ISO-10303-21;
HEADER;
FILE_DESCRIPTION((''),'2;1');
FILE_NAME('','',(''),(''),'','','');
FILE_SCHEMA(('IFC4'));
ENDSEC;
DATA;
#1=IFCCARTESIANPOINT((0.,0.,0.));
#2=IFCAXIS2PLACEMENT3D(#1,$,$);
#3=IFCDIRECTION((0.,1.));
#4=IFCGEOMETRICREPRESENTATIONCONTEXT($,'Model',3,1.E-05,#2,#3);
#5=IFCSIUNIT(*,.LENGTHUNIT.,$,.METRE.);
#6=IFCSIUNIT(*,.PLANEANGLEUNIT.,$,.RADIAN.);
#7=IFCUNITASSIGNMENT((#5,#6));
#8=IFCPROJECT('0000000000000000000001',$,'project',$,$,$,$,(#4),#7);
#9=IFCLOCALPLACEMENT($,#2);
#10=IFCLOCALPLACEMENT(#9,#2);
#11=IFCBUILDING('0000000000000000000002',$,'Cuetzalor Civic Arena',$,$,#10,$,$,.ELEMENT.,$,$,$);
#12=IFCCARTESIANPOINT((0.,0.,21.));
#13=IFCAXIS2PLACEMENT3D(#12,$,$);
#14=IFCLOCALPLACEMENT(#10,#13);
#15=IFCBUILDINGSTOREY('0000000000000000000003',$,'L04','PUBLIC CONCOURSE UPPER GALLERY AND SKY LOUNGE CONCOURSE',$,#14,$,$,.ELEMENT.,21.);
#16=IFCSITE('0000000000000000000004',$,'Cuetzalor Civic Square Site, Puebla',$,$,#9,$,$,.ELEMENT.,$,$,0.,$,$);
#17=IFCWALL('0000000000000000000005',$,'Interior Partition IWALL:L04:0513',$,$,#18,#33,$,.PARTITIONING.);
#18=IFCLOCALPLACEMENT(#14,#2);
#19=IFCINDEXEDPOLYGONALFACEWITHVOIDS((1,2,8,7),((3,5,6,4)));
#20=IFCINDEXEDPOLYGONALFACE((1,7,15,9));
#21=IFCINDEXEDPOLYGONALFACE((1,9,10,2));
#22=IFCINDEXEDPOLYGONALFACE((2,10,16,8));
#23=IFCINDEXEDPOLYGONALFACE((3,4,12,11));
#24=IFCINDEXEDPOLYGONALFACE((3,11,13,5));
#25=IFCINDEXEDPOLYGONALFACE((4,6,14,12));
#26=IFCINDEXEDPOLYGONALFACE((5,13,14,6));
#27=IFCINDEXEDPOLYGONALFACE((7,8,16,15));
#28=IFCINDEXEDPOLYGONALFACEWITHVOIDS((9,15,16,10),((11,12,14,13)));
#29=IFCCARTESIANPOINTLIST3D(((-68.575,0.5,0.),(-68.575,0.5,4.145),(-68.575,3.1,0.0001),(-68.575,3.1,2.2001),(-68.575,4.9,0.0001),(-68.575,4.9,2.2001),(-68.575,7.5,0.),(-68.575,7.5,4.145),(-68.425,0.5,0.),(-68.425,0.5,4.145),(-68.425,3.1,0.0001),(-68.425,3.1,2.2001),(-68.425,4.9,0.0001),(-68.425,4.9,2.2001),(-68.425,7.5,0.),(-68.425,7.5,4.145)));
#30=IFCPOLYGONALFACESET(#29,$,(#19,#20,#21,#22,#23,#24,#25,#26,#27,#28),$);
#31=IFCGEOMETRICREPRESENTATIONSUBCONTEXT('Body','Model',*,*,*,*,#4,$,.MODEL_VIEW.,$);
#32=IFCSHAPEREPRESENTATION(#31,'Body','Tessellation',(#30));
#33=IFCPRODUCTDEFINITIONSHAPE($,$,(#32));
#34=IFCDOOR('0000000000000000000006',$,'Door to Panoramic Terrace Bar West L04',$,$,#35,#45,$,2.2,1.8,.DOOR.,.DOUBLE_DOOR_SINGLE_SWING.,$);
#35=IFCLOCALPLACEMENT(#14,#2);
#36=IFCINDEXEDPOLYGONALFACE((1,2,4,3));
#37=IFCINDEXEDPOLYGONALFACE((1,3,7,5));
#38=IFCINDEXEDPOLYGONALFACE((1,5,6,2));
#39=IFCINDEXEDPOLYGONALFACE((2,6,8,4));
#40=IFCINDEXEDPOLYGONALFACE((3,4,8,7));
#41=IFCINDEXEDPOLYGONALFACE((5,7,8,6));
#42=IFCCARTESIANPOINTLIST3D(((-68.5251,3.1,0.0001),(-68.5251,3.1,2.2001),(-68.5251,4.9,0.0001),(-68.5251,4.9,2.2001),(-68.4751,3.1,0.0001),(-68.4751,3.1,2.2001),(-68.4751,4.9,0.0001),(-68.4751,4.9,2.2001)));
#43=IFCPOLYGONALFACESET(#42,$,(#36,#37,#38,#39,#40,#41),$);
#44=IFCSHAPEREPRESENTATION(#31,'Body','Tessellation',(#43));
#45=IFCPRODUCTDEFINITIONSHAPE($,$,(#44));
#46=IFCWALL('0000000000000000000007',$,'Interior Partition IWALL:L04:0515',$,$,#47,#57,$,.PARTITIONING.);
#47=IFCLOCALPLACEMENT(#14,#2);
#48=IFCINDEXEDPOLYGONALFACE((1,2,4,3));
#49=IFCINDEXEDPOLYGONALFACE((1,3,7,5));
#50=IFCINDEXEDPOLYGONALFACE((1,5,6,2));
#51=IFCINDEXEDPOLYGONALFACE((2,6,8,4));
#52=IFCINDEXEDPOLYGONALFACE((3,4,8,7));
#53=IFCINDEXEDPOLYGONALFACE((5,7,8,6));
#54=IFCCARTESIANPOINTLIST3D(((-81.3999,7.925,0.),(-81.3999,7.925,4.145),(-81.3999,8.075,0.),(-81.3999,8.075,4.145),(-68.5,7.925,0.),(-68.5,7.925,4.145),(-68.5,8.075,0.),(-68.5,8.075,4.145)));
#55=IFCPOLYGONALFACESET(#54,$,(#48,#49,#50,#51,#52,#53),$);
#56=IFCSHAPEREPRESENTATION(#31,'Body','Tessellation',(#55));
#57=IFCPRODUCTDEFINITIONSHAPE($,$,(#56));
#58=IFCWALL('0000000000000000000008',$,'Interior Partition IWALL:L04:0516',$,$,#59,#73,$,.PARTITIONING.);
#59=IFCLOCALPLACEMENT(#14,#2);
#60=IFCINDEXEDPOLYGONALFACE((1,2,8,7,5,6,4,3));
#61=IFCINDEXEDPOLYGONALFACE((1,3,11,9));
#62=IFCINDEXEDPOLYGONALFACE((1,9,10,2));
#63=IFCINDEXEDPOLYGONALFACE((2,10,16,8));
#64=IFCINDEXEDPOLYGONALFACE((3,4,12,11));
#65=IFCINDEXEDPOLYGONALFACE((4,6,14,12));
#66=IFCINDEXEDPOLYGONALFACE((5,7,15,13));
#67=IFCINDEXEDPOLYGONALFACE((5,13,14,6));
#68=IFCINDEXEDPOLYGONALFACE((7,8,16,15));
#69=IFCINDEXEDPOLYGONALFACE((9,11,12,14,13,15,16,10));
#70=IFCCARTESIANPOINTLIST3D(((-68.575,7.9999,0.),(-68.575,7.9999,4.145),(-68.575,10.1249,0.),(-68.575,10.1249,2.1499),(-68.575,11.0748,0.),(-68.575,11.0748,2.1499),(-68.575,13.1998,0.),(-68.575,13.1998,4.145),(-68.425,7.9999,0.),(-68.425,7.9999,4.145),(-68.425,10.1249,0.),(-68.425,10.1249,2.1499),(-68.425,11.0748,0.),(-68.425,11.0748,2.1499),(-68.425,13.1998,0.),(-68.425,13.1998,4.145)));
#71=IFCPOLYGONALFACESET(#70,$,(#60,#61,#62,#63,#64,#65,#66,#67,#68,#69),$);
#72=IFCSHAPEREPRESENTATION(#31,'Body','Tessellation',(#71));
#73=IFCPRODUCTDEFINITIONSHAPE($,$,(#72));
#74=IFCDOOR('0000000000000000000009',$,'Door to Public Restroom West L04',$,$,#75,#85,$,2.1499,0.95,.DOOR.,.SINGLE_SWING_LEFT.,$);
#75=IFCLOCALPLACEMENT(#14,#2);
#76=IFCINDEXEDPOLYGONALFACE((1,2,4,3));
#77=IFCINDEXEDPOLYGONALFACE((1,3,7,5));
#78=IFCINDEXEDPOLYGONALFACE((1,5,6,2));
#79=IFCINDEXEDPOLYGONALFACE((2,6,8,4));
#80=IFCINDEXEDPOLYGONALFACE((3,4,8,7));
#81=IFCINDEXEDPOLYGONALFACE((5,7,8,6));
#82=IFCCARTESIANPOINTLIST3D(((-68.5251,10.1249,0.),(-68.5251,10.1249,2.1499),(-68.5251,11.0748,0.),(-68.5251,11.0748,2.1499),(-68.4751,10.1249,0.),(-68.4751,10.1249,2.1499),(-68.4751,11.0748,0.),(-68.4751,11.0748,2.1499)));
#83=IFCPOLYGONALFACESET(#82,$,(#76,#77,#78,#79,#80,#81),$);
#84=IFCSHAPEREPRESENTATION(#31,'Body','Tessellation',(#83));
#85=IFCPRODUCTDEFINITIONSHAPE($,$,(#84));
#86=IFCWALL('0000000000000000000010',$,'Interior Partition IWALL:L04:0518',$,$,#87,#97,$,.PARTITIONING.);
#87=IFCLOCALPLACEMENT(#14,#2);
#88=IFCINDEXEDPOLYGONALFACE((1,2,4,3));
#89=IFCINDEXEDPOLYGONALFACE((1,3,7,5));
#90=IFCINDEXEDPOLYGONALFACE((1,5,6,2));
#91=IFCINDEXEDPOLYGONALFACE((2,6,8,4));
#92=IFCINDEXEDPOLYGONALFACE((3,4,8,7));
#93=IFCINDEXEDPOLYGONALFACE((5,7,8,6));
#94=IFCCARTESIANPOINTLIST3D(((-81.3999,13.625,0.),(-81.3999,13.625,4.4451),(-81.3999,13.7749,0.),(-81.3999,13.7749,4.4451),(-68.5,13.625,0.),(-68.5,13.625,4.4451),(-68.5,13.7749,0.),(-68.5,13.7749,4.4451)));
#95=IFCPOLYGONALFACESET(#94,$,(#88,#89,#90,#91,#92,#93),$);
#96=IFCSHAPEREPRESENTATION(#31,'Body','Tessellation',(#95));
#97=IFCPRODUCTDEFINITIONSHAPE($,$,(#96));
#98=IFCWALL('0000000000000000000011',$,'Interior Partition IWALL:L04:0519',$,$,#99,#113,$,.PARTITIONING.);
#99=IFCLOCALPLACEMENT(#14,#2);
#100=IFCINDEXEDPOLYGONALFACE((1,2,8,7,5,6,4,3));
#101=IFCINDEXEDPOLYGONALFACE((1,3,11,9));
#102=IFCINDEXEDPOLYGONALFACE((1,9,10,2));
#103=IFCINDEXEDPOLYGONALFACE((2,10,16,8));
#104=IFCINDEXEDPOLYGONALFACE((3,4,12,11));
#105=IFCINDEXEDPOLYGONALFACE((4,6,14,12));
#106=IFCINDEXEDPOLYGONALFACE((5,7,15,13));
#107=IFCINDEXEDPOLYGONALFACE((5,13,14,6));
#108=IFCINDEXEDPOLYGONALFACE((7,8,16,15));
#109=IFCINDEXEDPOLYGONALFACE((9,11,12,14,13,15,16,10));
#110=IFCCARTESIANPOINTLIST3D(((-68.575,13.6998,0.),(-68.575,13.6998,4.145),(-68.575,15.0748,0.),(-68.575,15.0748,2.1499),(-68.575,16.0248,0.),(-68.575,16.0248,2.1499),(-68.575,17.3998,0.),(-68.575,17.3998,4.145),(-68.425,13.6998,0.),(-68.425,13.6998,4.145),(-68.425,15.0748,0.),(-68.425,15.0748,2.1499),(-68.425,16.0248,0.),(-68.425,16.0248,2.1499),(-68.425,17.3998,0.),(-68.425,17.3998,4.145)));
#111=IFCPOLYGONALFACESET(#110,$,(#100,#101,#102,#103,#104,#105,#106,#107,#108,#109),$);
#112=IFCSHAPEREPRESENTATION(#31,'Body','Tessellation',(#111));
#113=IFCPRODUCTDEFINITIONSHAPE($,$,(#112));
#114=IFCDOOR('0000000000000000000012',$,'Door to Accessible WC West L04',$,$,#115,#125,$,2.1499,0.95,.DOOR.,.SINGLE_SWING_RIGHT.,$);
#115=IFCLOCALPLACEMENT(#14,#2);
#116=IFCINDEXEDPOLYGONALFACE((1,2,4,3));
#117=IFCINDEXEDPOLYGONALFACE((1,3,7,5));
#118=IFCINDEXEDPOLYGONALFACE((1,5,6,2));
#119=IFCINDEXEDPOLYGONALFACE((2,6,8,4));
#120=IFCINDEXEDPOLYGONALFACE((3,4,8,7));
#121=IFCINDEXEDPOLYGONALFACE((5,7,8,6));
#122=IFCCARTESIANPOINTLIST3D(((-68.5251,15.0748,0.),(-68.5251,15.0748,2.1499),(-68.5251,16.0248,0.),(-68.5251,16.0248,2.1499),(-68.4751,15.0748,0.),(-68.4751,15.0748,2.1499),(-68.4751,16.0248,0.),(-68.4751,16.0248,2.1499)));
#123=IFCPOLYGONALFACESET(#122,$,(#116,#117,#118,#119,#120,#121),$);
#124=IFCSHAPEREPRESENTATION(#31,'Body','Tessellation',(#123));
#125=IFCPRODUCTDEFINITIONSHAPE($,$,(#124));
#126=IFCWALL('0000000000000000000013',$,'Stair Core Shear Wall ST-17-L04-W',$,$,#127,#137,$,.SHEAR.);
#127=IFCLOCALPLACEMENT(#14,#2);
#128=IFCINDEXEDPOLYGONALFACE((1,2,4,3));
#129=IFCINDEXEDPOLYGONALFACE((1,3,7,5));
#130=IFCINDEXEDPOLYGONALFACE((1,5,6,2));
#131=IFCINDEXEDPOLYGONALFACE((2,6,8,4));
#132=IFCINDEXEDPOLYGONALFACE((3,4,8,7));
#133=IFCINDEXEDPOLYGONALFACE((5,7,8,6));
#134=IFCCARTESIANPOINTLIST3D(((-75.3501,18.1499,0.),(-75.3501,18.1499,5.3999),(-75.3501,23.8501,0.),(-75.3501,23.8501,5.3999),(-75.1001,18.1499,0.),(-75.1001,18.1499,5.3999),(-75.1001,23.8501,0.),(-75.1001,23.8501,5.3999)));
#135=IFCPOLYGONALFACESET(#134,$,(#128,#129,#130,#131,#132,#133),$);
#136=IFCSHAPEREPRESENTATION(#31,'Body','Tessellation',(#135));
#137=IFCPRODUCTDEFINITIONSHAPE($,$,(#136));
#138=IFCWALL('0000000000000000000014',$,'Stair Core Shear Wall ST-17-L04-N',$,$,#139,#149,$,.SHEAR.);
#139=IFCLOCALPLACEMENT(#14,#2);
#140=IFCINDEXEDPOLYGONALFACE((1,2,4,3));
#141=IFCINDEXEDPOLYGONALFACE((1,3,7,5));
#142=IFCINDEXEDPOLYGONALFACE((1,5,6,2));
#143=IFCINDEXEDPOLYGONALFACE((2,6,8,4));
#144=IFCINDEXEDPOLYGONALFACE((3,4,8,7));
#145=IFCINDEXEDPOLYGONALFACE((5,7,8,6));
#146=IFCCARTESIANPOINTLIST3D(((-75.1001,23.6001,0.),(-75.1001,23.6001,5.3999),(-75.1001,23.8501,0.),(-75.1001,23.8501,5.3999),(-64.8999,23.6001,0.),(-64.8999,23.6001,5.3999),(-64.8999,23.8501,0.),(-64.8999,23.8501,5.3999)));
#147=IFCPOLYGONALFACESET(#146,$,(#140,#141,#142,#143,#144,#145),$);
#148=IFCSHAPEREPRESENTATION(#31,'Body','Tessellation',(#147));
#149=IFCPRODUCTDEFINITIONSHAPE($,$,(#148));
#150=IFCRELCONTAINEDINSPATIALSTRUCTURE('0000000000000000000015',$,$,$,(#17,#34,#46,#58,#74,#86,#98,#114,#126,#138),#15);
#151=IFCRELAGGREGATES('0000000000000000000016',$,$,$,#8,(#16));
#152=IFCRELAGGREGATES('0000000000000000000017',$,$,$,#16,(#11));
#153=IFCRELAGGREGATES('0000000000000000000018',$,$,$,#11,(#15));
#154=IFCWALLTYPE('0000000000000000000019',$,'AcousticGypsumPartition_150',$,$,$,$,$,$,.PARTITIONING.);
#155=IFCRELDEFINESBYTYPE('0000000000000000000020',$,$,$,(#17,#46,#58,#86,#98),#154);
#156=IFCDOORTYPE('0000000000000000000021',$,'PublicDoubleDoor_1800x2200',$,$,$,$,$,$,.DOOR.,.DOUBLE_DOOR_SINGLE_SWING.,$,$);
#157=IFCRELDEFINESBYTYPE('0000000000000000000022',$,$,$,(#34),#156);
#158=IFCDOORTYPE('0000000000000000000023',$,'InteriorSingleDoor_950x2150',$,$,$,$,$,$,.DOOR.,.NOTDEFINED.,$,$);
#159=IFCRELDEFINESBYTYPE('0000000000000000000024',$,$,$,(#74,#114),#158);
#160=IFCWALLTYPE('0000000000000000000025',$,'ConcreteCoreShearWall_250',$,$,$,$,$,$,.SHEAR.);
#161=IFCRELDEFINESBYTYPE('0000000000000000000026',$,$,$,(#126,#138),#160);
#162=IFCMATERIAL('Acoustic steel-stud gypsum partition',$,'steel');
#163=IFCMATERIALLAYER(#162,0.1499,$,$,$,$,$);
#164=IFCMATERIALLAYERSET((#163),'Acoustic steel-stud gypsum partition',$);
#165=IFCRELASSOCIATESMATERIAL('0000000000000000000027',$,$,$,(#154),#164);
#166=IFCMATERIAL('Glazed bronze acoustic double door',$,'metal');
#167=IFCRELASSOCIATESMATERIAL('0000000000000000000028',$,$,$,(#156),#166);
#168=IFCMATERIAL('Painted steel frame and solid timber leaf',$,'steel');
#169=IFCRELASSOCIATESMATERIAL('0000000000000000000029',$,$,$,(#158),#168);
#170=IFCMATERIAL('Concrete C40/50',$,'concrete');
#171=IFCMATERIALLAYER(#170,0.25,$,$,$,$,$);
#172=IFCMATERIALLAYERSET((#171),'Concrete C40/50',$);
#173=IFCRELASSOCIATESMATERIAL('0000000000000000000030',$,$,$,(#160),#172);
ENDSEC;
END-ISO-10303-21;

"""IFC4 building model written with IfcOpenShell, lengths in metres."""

from ifc_helpers import new_model, si_unit, direction, frame, frame_2d, origin, place, context, subcontext, project, spatial, rectangle, extrude, material, layer, layer_set, type_object, element, fill, save


model = new_model("IFC4")

# Units and contexts
model_context = context("Model", 3, precision=1e-05, world=origin(), true_north=direction((0.0, 1.0)))
body_context = subcontext(model_context, "Body", "Model", "MODEL_VIEW")
ifc_project = project(units=[si_unit("LENGTHUNIT", "METRE"), si_unit("PLANEANGLEUNIT", "RADIAN")], contexts=[model_context])

# Site, building, storey
site_placement = place(None, origin())
site = spatial("IfcSite", under=ifc_project, at=site_placement, Name="Cuetzalor Civic Square Site, Puebla", CompositionType="ELEMENT", RefElevation=0.0)
building_placement = place(site_placement, origin())
building = spatial("IfcBuilding", under=site, at=building_placement, Name="Cuetzalor Civic Arena", CompositionType="ELEMENT")
storey_placement = place(building_placement, frame((0.0, 0.0, 21.0)))
storey = spatial("IfcBuildingStorey", under=building, at=storey_placement, Name="L04", Description="PUBLIC CONCOURSE UPPER GALLERY AND SKY LOUNGE CONCOURSE", CompositionType="ELEMENT", Elevation=21.0)

# Wall, opening, door
ifc_material_1 = material(Name="Acoustic steel-stud gypsum partition", Category="steel")
ifc_layer_1 = layer(ifc_material_1, 0.1499)
ifc_layer_set_1 = layer_set([ifc_layer_1], Name="Acoustic steel-stud gypsum partition")
wall_type_1 = type_object("IfcWallType", Name="AcousticGypsumPartition_150", PredefinedType="PARTITIONING", material=ifc_layer_set_1)
wall_1_placement = place(storey_placement, frame((-68.5, 7.5, 0.0), z_axis=(0.0, 0.0, 1.0), x_axis=(0.0, -1.0, 0.0)))
wall_1 = element("IfcWall", 1, at=wall_1_placement, inside=storey, type_object=wall_type_1, Name="Interior Partition IWALL:L04:0513", PredefinedType="PARTITIONING", context=body_context, shape_type="SweptSolid", body=[
    extrude(rectangle(XDim=7.0, YDim=0.1499, at=frame_2d((3.5, 0.0))), origin(), (0.0, 0.0, 1.0), 4.145),
])
opening_1_placement = place(wall_1_placement, frame((2.6001, 0.0, 0.0)))
opening_1 = element("IfcOpeningElement", 2, at=opening_1_placement, cuts=wall_1, PredefinedType="OPENING", context=body_context, shape_type="SweptSolid", body=[
    extrude(rectangle(XDim=1.8, YDim=2.2, at=frame_2d((0.8999, 1.1001))), frame((0.0, 0.085, 0.0), z_axis=(0.0, -1.0, 0.0), x_axis=(1.0, 0.0, 0.0)), (0.0, 0.0, 1.0), 0.1699),
])
ifc_material_2 = material(Name="Glazed bronze acoustic double door", Category="metal")
door_type_1 = type_object("IfcDoorType", Name="PublicDoubleDoor_1800x2200", OperationType="DOUBLE_DOOR_SINGLE_SWING", PredefinedType="DOOR", material=ifc_material_2)
door_1_placement = place(opening_1_placement, origin())
door_1 = element("IfcDoor", 3, at=door_1_placement, inside=storey, type_object=door_type_1, Name="Door to Panoramic Terrace Bar West L04", OperationType="DOUBLE_DOOR_SINGLE_SWING", OverallHeight=2.2, OverallWidth=1.8, PredefinedType="DOOR", context=body_context, shape_type="SweptSolid", body=[
    extrude(rectangle(XDim=1.8, YDim=2.2, at=frame_2d((0.8999, 1.1001))), frame((0.0, 0.0249, 0.0), z_axis=(0.0, -1.0, 0.0), x_axis=(1.0, 0.0, 0.0)), (0.0, 0.0, 1.0), 0.05),
])
fill(opening_1, door_1)

# Wall
wall_2_placement = place(storey_placement, frame((-68.5, 8.0, 0.0), z_axis=(0.0, 0.0, 1.0), x_axis=(-1.0, 0.0, 0.0)))
element("IfcWall", 4, at=wall_2_placement, inside=storey, type_object=wall_type_1, Name="Interior Partition IWALL:L04:0515", PredefinedType="PARTITIONING", context=body_context, shape_type="SweptSolid", body=[
    extrude(rectangle(XDim=12.8999, YDim=0.1499, at=frame_2d((6.45, 0.0))), origin(), (0.0, 0.0, 1.0), 4.145),
])

# Wall, opening, door
wall_3_placement = place(storey_placement, frame((-68.5, 13.2, 0.0), z_axis=(0.0, 0.0, 1.0), x_axis=(0.0, -1.0, 0.0)))
wall_3 = element("IfcWall", 5, at=wall_3_placement, inside=storey, type_object=wall_type_1, Name="Interior Partition IWALL:L04:0516", PredefinedType="PARTITIONING", context=body_context, shape_type="SweptSolid", body=[
    extrude(rectangle(XDim=5.2, YDim=0.1499, at=frame_2d((2.6001, 0.0))), origin(), (0.0, 0.0, 1.0), 4.145),
])
opening_2_placement = place(wall_3_placement, frame((2.125, 0.0, 0.0)))
opening_2 = element("IfcOpeningElement", 6, at=opening_2_placement, cuts=wall_3, PredefinedType="OPENING", context=body_context, shape_type="SweptSolid", body=[
    extrude(rectangle(XDim=0.95, YDim=2.1499, at=frame_2d((0.4751, 1.075))), frame((0.0, 0.085, 0.0), z_axis=(0.0, -1.0, 0.0), x_axis=(1.0, 0.0, 0.0)), (0.0, 0.0, 1.0), 0.1699),
])
ifc_material_3 = material(Name="Painted steel frame and solid timber leaf", Category="steel")
door_type_2 = type_object("IfcDoorType", Name="InteriorSingleDoor_950x2150", OperationType="NOTDEFINED", PredefinedType="DOOR", material=ifc_material_3)
door_2_placement = place(opening_2_placement, origin())
door_2 = element("IfcDoor", 7, at=door_2_placement, inside=storey, type_object=door_type_2, Name="Door to Public Restroom West L04", OperationType="SINGLE_SWING_LEFT", OverallHeight=2.1499, OverallWidth=0.95, PredefinedType="DOOR", context=body_context, shape_type="SweptSolid", body=[
    extrude(rectangle(XDim=0.95, YDim=2.1499, at=frame_2d((0.4751, 1.075))), frame((0.0, 0.0249, 0.0), z_axis=(0.0, -1.0, 0.0), x_axis=(1.0, 0.0, 0.0)), (0.0, 0.0, 1.0), 0.05),
])
fill(opening_2, door_2)

# Wall
wall_4_placement = place(storey_placement, frame((-68.5, 13.7, 0.0), z_axis=(0.0, 0.0, 1.0), x_axis=(-1.0, 0.0, 0.0)))
element("IfcWall", 8, at=wall_4_placement, inside=storey, type_object=wall_type_1, Name="Interior Partition IWALL:L04:0518", PredefinedType="PARTITIONING", context=body_context, shape_type="SweptSolid", body=[
    extrude(rectangle(XDim=12.8999, YDim=0.1499, at=frame_2d((6.45, 0.0))), origin(), (0.0, 0.0, 1.0), 4.4451),
])

# Wall, opening, door
wall_5_placement = place(storey_placement, frame((-68.5, 17.3999, 0.0), z_axis=(0.0, 0.0, 1.0), x_axis=(0.0, -1.0, 0.0)))
wall_5 = element("IfcWall", 9, at=wall_5_placement, inside=storey, type_object=wall_type_1, Name="Interior Partition IWALL:L04:0519", PredefinedType="PARTITIONING", context=body_context, shape_type="SweptSolid", body=[
    extrude(rectangle(XDim=3.7, YDim=0.1499, at=frame_2d((1.8501, 0.0))), origin(), (0.0, 0.0, 1.0), 4.145),
])
opening_3_placement = place(wall_5_placement, frame((1.375, 0.0, 0.0)))
opening_3 = element("IfcOpeningElement", 10, at=opening_3_placement, cuts=wall_5, PredefinedType="OPENING", context=body_context, shape_type="SweptSolid", body=[
    extrude(rectangle(XDim=0.95, YDim=2.1499, at=frame_2d((0.4751, 1.075))), frame((0.0, 0.085, 0.0), z_axis=(0.0, -1.0, 0.0), x_axis=(1.0, 0.0, 0.0)), (0.0, 0.0, 1.0), 0.1699),
])
door_3_placement = place(opening_3_placement, origin())
door_3 = element("IfcDoor", 11, at=door_3_placement, inside=storey, type_object=door_type_2, Name="Door to Accessible WC West L04", OperationType="SINGLE_SWING_RIGHT", OverallHeight=2.1499, OverallWidth=0.95, PredefinedType="DOOR", context=body_context, shape_type="SweptSolid", body=[
    extrude(rectangle(XDim=0.95, YDim=2.1499, at=frame_2d((0.4751, 1.075))), frame((0.0, 0.0249, 0.0), z_axis=(0.0, -1.0, 0.0), x_axis=(1.0, 0.0, 0.0)), (0.0, 0.0, 1.0), 0.05),
])
fill(opening_3, door_3)

# Walls
ifc_material_4 = material(Name="Concrete C40/50", Category="concrete")
ifc_layer_2 = layer(ifc_material_4, 0.25)
ifc_layer_set_2 = layer_set([ifc_layer_2], Name="Concrete C40/50")
wall_type_2 = type_object("IfcWallType", Name="ConcreteCoreShearWall_250", PredefinedType="SHEAR", material=ifc_layer_set_2)
wall_6_placement = place(storey_placement, frame((-75.2251, 18.1499, 0.0), z_axis=(0.0, 0.0, 1.0), x_axis=(0.0, 1.0, 0.0)))
element("IfcWall", 12, at=wall_6_placement, inside=storey, type_object=wall_type_2, Name="Stair Core Shear Wall ST-17-L04-W", PredefinedType="SHEAR", context=body_context, shape_type="SweptSolid", body=[
    extrude(rectangle(XDim=5.7002, YDim=0.25, at=frame_2d((2.8501, 0.0))), origin(), (0.0, 0.0, 1.0), 5.3999),
])
wall_7_placement = place(storey_placement, frame((-75.1001, 23.7251, 0.0), z_axis=(0.0, 0.0, 1.0), x_axis=(1.0, 0.0, 0.0)))
element("IfcWall", 13, at=wall_7_placement, inside=storey, type_object=wall_type_2, Name="Stair Core Shear Wall ST-17-L04-N", PredefinedType="SHEAR", context=body_context, shape_type="SweptSolid", body=[
    extrude(rectangle(XDim=10.2002, YDim=0.25, at=frame_2d((5.1001, 0.0))), origin(), (0.0, 0.0, 1.0), 5.3999),
])

save(model, "model.ifc")
